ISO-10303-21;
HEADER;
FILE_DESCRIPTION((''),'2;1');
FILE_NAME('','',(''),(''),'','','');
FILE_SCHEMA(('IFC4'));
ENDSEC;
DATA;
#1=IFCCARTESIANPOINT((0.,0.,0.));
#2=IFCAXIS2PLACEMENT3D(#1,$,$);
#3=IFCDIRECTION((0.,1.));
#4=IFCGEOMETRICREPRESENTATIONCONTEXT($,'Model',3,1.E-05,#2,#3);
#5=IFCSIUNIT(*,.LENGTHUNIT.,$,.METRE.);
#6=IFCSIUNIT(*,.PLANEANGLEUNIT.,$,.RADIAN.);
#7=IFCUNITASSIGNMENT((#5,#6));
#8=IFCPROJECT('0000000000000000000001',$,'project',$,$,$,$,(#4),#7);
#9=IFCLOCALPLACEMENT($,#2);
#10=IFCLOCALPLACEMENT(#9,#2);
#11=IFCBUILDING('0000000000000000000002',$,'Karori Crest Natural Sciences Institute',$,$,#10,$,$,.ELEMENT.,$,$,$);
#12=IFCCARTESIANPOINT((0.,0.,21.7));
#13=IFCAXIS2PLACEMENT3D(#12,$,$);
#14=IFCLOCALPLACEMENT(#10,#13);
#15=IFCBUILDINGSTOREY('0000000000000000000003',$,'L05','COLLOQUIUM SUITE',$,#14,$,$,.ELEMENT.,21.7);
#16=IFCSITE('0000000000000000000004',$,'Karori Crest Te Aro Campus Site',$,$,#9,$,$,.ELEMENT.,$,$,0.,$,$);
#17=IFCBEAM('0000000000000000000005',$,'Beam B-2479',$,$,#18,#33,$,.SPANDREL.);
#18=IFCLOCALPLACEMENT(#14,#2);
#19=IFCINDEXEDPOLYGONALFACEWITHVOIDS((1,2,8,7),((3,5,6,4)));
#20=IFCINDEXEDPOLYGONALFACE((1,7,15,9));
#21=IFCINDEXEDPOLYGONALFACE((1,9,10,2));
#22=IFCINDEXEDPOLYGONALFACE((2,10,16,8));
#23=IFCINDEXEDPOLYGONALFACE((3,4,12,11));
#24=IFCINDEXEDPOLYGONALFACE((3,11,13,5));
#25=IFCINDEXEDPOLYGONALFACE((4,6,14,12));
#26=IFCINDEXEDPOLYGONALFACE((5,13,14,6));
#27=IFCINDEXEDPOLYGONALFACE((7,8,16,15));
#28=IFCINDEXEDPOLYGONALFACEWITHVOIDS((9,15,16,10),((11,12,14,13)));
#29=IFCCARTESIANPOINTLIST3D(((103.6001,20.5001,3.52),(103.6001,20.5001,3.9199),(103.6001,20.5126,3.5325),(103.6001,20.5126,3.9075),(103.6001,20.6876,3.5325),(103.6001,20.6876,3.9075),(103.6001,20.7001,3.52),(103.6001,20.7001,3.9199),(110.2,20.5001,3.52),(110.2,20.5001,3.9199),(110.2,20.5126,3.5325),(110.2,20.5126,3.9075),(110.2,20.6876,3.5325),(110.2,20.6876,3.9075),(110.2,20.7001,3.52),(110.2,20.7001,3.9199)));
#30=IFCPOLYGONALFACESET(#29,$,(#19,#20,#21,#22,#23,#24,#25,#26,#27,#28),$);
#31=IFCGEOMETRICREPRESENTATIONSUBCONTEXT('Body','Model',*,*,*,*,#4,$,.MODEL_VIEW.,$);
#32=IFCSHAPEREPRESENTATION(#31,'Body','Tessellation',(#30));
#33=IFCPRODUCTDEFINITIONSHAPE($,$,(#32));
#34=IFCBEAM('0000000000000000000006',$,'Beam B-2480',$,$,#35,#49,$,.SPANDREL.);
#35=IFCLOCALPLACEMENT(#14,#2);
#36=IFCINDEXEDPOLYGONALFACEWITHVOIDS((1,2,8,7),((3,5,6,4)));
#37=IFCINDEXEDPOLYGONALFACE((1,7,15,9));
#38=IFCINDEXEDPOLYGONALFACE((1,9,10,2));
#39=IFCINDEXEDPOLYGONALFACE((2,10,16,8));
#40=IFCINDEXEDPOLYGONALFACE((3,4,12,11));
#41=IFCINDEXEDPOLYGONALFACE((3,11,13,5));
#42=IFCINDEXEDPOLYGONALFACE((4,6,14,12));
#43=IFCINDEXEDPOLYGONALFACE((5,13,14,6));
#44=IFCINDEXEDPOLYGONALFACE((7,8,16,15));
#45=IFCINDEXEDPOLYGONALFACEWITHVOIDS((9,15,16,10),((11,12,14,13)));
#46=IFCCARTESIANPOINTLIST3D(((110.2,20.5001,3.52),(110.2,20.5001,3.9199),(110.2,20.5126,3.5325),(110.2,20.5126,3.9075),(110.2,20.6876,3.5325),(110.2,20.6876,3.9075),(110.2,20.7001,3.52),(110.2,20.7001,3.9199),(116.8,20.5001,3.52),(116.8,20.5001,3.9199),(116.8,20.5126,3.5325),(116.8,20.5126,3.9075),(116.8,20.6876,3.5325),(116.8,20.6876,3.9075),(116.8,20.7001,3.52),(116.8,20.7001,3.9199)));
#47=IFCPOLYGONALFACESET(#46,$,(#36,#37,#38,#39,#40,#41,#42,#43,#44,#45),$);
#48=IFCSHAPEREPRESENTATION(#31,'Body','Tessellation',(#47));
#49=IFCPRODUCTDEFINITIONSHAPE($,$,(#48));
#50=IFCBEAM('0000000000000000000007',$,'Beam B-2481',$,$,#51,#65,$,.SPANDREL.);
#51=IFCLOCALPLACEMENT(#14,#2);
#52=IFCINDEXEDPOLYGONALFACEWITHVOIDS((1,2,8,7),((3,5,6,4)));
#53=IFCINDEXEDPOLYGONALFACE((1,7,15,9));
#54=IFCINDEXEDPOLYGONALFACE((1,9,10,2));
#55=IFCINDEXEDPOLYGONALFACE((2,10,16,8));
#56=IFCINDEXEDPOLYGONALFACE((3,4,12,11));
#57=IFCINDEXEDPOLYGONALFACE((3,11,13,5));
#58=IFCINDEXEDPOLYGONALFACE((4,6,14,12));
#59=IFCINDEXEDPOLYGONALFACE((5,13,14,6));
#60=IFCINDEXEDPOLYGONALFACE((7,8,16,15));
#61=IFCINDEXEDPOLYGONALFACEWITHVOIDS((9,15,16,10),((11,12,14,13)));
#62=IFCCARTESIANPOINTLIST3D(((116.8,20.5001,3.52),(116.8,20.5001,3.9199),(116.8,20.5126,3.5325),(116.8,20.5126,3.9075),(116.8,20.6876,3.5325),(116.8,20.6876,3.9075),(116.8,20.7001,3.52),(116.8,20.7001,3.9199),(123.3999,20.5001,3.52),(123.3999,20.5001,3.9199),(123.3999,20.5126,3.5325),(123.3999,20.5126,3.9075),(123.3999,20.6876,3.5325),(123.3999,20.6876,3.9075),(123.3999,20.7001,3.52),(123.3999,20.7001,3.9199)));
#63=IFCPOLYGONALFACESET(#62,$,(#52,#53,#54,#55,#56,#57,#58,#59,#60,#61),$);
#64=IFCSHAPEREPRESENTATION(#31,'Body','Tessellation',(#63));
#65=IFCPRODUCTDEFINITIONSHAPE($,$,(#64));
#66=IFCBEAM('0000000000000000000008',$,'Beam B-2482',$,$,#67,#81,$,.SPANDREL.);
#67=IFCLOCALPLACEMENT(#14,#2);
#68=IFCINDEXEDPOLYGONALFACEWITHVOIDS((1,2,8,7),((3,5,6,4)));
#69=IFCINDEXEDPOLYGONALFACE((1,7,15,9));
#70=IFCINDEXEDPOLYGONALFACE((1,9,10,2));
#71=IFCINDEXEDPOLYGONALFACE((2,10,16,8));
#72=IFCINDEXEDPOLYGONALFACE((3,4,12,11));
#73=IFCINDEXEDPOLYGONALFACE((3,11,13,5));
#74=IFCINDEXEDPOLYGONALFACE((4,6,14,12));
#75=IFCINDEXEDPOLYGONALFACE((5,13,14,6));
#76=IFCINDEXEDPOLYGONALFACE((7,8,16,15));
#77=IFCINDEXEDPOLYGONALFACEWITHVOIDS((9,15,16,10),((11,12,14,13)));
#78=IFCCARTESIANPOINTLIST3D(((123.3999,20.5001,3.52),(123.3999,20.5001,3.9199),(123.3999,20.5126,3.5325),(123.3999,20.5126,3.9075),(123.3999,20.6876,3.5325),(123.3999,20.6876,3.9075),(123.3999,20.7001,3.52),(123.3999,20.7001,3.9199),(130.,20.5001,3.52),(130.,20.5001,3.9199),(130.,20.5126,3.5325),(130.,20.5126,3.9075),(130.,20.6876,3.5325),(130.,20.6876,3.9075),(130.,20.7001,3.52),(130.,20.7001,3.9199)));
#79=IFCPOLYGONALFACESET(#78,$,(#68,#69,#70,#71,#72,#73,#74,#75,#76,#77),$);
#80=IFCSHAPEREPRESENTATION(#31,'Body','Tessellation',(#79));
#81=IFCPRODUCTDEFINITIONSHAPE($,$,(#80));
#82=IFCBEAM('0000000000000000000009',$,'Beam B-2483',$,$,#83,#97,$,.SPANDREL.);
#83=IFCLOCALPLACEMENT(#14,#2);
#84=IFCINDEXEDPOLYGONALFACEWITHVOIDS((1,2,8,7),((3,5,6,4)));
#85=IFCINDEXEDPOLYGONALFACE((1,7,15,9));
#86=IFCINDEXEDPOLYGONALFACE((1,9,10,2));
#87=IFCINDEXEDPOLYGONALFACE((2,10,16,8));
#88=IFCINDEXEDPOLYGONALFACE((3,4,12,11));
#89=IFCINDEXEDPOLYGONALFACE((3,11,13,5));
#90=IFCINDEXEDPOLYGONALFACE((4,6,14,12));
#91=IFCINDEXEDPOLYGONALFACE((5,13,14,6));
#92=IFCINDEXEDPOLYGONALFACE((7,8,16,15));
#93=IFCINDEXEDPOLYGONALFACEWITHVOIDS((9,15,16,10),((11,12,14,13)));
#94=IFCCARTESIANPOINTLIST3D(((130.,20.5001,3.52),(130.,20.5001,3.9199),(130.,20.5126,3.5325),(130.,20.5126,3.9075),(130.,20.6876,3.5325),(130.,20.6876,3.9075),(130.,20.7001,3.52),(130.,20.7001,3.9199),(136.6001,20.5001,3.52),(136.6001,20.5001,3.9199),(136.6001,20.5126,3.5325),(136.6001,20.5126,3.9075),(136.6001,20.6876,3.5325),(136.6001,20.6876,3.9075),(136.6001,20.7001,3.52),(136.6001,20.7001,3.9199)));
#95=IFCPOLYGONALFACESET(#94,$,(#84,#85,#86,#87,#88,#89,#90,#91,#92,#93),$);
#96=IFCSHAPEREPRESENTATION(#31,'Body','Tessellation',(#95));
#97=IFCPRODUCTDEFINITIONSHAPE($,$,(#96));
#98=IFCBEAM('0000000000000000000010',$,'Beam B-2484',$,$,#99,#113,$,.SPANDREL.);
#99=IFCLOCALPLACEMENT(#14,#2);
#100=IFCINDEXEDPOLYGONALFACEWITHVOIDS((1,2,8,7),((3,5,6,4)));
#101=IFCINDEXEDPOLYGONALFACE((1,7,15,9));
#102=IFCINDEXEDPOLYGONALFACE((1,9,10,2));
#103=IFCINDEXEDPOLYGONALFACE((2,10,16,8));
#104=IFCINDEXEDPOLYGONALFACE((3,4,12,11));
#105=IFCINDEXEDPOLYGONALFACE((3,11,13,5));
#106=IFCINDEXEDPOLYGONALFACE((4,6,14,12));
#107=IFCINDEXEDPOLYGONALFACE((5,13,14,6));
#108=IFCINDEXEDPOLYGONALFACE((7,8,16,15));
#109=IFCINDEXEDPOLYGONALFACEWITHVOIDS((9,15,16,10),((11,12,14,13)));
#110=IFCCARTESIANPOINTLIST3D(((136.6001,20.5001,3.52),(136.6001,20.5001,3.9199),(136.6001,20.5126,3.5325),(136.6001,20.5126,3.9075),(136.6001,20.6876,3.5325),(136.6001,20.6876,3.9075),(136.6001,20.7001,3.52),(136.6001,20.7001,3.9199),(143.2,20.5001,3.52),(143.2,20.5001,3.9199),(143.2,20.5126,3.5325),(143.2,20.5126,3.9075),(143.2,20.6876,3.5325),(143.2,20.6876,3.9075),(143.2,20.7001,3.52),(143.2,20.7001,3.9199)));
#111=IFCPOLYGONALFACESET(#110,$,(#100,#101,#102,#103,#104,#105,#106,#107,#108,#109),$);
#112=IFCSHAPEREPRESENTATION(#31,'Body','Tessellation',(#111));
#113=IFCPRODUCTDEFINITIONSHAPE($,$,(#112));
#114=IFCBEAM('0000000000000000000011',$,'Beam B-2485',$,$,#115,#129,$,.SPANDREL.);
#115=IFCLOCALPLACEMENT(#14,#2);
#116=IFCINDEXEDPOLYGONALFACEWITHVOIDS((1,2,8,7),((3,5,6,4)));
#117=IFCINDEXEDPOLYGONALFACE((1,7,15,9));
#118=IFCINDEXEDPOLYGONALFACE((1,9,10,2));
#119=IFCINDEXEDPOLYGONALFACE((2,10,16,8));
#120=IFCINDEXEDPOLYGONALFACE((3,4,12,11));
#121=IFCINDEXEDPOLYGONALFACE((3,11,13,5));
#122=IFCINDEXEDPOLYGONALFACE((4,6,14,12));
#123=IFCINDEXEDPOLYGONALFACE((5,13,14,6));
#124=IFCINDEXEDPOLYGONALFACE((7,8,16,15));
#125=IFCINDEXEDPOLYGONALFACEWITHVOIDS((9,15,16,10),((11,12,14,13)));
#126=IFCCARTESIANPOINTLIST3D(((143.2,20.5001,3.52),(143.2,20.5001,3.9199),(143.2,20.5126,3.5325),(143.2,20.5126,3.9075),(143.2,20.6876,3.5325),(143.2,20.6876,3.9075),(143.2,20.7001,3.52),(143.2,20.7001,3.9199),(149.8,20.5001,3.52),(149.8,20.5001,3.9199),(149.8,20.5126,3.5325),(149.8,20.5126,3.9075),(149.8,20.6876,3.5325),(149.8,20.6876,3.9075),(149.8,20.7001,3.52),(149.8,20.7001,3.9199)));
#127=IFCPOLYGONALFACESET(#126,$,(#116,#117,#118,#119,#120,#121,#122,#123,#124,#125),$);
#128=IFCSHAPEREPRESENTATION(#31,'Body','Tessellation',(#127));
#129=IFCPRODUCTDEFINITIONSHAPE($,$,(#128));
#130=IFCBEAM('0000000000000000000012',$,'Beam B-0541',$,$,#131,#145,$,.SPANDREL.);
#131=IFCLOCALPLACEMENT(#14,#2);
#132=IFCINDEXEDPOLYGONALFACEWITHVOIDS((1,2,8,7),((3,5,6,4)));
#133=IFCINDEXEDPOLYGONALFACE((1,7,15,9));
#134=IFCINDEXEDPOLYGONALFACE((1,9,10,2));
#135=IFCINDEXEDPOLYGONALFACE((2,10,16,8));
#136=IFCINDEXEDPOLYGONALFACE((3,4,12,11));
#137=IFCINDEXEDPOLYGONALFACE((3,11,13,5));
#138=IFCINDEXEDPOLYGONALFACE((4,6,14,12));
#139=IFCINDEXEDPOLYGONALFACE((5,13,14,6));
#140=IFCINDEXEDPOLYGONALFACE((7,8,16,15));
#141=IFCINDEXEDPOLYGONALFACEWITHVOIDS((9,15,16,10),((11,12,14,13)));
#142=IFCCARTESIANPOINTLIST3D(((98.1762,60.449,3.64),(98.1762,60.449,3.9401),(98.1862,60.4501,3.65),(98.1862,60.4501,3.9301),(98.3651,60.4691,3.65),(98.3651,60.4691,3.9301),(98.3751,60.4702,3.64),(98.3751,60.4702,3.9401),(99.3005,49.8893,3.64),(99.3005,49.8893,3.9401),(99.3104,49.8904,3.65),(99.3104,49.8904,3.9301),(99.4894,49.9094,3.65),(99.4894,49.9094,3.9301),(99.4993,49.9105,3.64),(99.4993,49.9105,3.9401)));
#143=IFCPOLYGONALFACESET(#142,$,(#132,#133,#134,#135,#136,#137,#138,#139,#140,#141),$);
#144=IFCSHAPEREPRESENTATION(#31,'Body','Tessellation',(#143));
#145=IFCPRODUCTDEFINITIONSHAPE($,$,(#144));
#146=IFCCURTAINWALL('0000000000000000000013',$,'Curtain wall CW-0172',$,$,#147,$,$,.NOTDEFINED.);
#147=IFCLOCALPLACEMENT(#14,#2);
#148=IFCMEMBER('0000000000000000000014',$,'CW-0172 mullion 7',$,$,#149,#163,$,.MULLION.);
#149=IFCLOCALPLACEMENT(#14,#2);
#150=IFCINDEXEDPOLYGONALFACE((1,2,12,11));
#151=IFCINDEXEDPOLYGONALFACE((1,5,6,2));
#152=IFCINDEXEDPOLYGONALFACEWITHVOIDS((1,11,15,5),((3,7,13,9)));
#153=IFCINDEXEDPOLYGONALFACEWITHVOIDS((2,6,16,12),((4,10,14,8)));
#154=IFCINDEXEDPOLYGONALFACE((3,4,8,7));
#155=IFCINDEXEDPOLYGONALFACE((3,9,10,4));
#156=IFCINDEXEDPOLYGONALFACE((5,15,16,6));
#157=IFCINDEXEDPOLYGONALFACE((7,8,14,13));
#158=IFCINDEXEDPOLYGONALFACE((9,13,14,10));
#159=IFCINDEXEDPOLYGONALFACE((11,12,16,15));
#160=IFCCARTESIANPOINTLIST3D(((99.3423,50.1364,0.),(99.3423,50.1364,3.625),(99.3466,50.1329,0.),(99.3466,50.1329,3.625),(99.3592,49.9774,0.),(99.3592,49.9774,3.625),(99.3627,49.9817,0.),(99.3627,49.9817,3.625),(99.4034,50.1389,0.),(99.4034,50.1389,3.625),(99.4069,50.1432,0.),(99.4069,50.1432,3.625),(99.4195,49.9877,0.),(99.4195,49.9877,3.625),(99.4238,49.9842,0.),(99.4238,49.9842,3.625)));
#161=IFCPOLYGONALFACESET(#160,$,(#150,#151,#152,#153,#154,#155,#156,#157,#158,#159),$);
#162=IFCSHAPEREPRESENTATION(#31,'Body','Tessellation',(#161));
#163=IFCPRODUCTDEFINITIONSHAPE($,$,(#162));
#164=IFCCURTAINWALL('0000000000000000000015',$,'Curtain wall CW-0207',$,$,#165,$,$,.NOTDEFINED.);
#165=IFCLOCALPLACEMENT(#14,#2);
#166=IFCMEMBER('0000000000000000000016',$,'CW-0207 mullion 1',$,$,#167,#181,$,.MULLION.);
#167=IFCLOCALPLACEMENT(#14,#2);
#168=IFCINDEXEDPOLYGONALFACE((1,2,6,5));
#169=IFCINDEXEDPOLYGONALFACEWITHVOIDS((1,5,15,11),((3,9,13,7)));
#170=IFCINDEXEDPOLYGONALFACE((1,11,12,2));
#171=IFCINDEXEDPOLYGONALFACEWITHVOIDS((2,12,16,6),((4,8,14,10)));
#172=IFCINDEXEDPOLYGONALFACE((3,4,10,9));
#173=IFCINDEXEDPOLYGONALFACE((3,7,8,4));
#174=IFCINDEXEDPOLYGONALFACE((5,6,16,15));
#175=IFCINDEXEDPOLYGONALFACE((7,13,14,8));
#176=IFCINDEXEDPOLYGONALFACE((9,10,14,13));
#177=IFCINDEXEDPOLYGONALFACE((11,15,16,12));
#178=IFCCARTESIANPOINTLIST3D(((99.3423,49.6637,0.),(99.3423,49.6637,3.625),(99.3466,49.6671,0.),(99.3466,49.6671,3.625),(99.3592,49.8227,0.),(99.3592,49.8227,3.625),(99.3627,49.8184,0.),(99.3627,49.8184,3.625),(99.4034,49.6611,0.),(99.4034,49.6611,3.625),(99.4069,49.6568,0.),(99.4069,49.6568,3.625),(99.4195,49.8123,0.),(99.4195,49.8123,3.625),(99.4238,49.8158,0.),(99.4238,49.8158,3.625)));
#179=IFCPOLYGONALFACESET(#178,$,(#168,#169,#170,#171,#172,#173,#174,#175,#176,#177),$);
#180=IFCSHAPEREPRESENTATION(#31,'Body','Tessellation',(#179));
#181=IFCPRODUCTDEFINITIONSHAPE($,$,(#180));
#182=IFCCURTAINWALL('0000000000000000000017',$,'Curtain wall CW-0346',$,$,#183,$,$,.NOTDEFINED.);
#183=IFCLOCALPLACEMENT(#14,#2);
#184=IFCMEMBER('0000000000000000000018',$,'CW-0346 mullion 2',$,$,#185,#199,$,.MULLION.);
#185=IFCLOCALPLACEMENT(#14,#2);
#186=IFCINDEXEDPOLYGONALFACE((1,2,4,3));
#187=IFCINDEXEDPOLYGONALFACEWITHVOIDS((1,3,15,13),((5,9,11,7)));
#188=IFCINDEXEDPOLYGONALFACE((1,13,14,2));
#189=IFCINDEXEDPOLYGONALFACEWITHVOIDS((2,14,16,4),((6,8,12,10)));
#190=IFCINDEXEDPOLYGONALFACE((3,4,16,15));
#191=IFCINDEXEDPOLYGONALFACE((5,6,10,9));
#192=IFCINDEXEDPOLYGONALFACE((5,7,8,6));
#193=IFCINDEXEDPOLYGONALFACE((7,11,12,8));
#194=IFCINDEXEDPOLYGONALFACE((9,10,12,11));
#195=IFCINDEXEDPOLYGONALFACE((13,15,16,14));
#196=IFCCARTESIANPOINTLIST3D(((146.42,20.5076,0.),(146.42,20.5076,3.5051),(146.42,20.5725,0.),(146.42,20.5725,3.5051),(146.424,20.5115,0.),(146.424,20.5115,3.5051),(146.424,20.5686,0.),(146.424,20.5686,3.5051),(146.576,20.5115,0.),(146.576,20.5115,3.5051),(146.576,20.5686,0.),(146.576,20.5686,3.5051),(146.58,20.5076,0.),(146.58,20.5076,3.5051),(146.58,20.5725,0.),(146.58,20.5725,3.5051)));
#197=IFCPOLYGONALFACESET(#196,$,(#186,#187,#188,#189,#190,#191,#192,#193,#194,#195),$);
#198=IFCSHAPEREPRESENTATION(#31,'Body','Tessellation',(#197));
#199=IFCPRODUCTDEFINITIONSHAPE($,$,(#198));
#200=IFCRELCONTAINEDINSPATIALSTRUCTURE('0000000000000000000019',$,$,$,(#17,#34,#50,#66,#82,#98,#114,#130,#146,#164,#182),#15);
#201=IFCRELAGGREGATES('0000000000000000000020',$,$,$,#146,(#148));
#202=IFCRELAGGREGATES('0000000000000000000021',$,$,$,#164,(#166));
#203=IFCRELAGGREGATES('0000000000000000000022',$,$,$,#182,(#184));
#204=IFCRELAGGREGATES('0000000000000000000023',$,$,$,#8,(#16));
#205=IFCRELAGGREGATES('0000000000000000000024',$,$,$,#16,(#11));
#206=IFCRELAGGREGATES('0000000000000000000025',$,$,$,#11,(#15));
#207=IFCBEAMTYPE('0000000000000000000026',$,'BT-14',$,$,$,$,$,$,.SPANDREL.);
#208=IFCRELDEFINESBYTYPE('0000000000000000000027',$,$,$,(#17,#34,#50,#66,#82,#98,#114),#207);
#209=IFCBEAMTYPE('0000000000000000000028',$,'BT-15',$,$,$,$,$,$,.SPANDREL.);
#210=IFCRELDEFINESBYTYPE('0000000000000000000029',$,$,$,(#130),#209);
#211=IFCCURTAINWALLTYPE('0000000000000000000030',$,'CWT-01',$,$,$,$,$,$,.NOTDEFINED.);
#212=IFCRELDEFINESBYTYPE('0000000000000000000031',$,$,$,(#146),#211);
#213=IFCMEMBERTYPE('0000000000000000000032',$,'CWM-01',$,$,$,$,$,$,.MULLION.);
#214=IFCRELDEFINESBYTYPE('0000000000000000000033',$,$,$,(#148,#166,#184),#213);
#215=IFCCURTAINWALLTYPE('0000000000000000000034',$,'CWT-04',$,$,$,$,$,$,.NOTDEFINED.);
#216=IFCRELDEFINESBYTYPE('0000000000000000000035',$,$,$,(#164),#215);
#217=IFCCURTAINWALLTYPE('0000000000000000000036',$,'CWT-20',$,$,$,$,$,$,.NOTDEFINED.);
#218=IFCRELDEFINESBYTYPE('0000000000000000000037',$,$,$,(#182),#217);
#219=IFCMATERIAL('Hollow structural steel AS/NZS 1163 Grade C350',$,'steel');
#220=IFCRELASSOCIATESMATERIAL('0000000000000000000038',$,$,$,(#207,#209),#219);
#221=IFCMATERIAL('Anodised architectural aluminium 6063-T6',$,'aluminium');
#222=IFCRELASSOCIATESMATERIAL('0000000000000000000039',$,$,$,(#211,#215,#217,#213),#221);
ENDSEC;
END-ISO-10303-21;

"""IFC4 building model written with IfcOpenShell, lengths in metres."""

from ifc_helpers import new_model, si_unit, direction, frame, origin, origin_2d, place, context, subcontext, project, spatial, hollow_rectangle, extrude, material, material_profile, profile_set, type_object, element, aggregate, save


model = new_model("IFC4")

# Units and contexts
model_context = context("Model", 3, precision=1e-05, world=origin(), true_north=direction((0.0, 1.0)))
body_context = subcontext(model_context, "Body", "Model", "MODEL_VIEW")
ifc_project = project(units=[si_unit("LENGTHUNIT", "METRE"), si_unit("PLANEANGLEUNIT", "RADIAN")], contexts=[model_context])

# Site, building, storey
site_placement = place(None, origin())
site = spatial("IfcSite", under=ifc_project, at=site_placement, Name="Karori Crest Te Aro Campus Site", CompositionType="ELEMENT", RefElevation=0.0)
building_placement = place(site_placement, origin())
building = spatial("IfcBuilding", under=site, at=building_placement, Name="Karori Crest Natural Sciences Institute", CompositionType="ELEMENT")
storey_placement = place(building_placement, frame((0.0, 0.0, 21.7)))
storey = spatial("IfcBuildingStorey", under=building, at=storey_placement, Name="L05", Description="COLLOQUIUM SUITE", CompositionType="ELEMENT", Elevation=21.7)

# Beams
ifc_material_1 = material(Name="Hollow structural steel AS/NZS 1163 Grade C350", Category="steel")
ifc_material_profile_1 = material_profile(ifc_material_1, hollow_rectangle(XDim=0.2, YDim=0.3999, WallThickness=0.0125, at=origin_2d()), Name="RHS400x200x12.5")
ifc_profile_set_1 = profile_set([ifc_material_profile_1], Name="Hollow structural steel AS/NZS 1163 Grade C350")
beam_type_1 = type_object("IfcBeamType", Name="BT-14", PredefinedType="SPANDREL", material=ifc_profile_set_1)
beam_1_placement = place(storey_placement, frame((103.6001, 20.6001, 3.72), z_axis=(1.0, 0.0, 0.0), x_axis=(0.0, 1.0, 0.0)))
element("IfcBeam", 1, at=beam_1_placement, inside=storey, type_object=beam_type_1, Name="Beam B-2479", PredefinedType="SPANDREL", context=body_context, shape_type="SweptSolid", body=[
    extrude(hollow_rectangle(XDim=0.2, YDim=0.3999, WallThickness=0.0125, at=origin_2d()), origin(), (0.0, 0.0, 1.0), 6.5999),
])
beam_2_placement = place(storey_placement, frame((110.2, 20.6001, 3.72), z_axis=(1.0, 0.0, 0.0), x_axis=(0.0, 1.0, 0.0)))
element("IfcBeam", 2, at=beam_2_placement, inside=storey, type_object=beam_type_1, Name="Beam B-2480", PredefinedType="SPANDREL", context=body_context, shape_type="SweptSolid", body=[
    extrude(hollow_rectangle(XDim=0.2, YDim=0.3999, WallThickness=0.0125, at=origin_2d()), origin(), (0.0, 0.0, 1.0), 6.6001),
])
beam_3_placement = place(storey_placement, frame((116.8, 20.6001, 3.72), z_axis=(1.0, 0.0, 0.0), x_axis=(0.0, 1.0, 0.0)))
element("IfcBeam", 3, at=beam_3_placement, inside=storey, type_object=beam_type_1, Name="Beam B-2481", PredefinedType="SPANDREL", context=body_context, shape_type="SweptSolid", body=[
    extrude(hollow_rectangle(XDim=0.2, YDim=0.3999, WallThickness=0.0125, at=origin_2d()), origin(), (0.0, 0.0, 1.0), 6.5999),
])
for number, where, z_axis, x_axis, name in (
    (4, (123.3999, 20.6001, 3.72), (1.0, 0.0, 0.0), (0.0, 1.0, 0.0), "Beam B-2482"),
    (5, (130.0, 20.6001, 3.72), (1.0, 0.0, 0.0), (0.0, 1.0, 0.0), "Beam B-2483"),
):
    element("IfcBeam", number, at=place(storey_placement, frame(where, z_axis=z_axis, x_axis=x_axis)), inside=storey, type_object=beam_type_1, Name=name, PredefinedType="SPANDREL", context=body_context, shape_type="SweptSolid", body=[
        extrude(hollow_rectangle(XDim=0.2, YDim=0.3999, WallThickness=0.0125, at=origin_2d()), origin(), (0.0, 0.0, 1.0), 6.6001),
    ])
beam_4_placement = place(storey_placement, frame((136.6001, 20.6001, 3.72), z_axis=(1.0, 0.0, 0.0), x_axis=(0.0, 1.0, 0.0)))
element("IfcBeam", 6, at=beam_4_placement, inside=storey, type_object=beam_type_1, Name="Beam B-2484", PredefinedType="SPANDREL", context=body_context, shape_type="SweptSolid", body=[
    extrude(hollow_rectangle(XDim=0.2, YDim=0.3999, WallThickness=0.0125, at=origin_2d()), origin(), (0.0, 0.0, 1.0), 6.5999),
])
beam_5_placement = place(storey_placement, frame((143.2, 20.6001, 3.72), z_axis=(1.0, 0.0, 0.0), x_axis=(0.0, 1.0, 0.0)))
element("IfcBeam", 7, at=beam_5_placement, inside=storey, type_object=beam_type_1, Name="Beam B-2485", PredefinedType="SPANDREL", context=body_context, shape_type="SweptSolid", body=[
    extrude(hollow_rectangle(XDim=0.2, YDim=0.3999, WallThickness=0.0125, at=origin_2d()), origin(), (0.0, 0.0, 1.0), 6.6001),
])
ifc_material_profile_2 = material_profile(ifc_material_1, hollow_rectangle(XDim=0.2, YDim=0.3, WallThickness=0.01, at=origin_2d()), Name="RHS300x200x10")
ifc_profile_set_2 = profile_set([ifc_material_profile_2], Name="Hollow structural steel AS/NZS 1163 Grade C350")
beam_type_2 = type_object("IfcBeamType", Name="BT-15", PredefinedType="SPANDREL", material=ifc_profile_set_2)
beam_6_placement = place(storey_placement, frame((99.3999, 49.8999, 3.79), z_axis=(-0.105868, 0.99438, 0.0), x_axis=(-0.99438, -0.105868, 0.0)))
element("IfcBeam", 8, at=beam_6_placement, inside=storey, type_object=beam_type_2, Name="Beam B-0541", PredefinedType="SPANDREL", context=body_context, shape_type="SweptSolid", body=[
    extrude(hollow_rectangle(XDim=0.2, YDim=0.3, WallThickness=0.01, at=origin_2d()), origin(), (0.0, 0.0, 1.0), 10.6194),
])

# Curtain walls, members
ifc_material_2 = material(Name="Anodised architectural aluminium 6063-T6", Category="aluminium")
curtain_wall_type_1 = type_object("IfcCurtainWallType", Name="CWT-01", PredefinedType="NOTDEFINED", material=ifc_material_2)
curtain_wall_1_placement = place(storey_placement, origin())
curtain_wall_1 = element("IfcCurtainWall", 9, at=curtain_wall_1_placement, inside=storey, type_object=curtain_wall_type_1, Name="Curtain wall CW-0172", PredefinedType="NOTDEFINED")
ifc_material_profile_3 = material_profile(ifc_material_2, hollow_rectangle(XDim=0.0649, YDim=0.1599, WallThickness=0.0039, at=origin_2d()), Name="CWM160x65x4")
ifc_profile_set_3 = profile_set([ifc_material_profile_3], Name="Anodised architectural aluminium 6063-T6")
member_type_1 = type_object("IfcMemberType", Name="CWM-01", PredefinedType="MULLION", material=ifc_profile_set_3)
member_1_placement = place(storey_placement, frame((99.3831, 50.0603, 0.0), z_axis=(0.0, 0.0, 1.0), x_axis=(0.994378, 0.105884, 0.0)))
member_1 = element("IfcMember", 10, at=member_1_placement, type_object=member_type_1, Name="CW-0172 mullion 7", PredefinedType="MULLION", context=body_context, shape_type="SweptSolid", body=[
    extrude(hollow_rectangle(XDim=0.0649, YDim=0.1599, WallThickness=0.0039, at=origin_2d()), origin(), (0.0, 0.0, 1.0), 3.625),
])
aggregate(curtain_wall_1, [member_1])
curtain_wall_type_2 = type_object("IfcCurtainWallType", Name="CWT-04", PredefinedType="NOTDEFINED", material=ifc_material_2)
curtain_wall_2_placement = place(storey_placement, origin())
curtain_wall_2 = element("IfcCurtainWall", 11, at=curtain_wall_2_placement, inside=storey, type_object=curtain_wall_type_2, Name="Curtain wall CW-0207", PredefinedType="NOTDEFINED")
member_2_placement = place(storey_placement, frame((99.3831, 49.7397, 0.0), z_axis=(0.0, 0.0, 1.0), x_axis=(0.994378, -0.105886, 0.0)))
member_2 = element("IfcMember", 12, at=member_2_placement, type_object=member_type_1, Name="CW-0207 mullion 1", PredefinedType="MULLION", context=body_context, shape_type="SweptSolid", body=[
    extrude(hollow_rectangle(XDim=0.0649, YDim=0.1599, WallThickness=0.0039, at=origin_2d()), origin(), (0.0, 0.0, 1.0), 3.625),
])
aggregate(curtain_wall_2, [member_2])

# Curtain wall, member
curtain_wall_type_3 = type_object("IfcCurtainWallType", Name="CWT-20", PredefinedType="NOTDEFINED", material=ifc_material_2)
curtain_wall_3_placement = place(storey_placement, origin())
curtain_wall_3 = element("IfcCurtainWall", 13, at=curtain_wall_3_placement, inside=storey, type_object=curtain_wall_type_3, Name="Curtain wall CW-0346", PredefinedType="NOTDEFINED")
member_3_placement = place(storey_placement, frame((146.5, 20.54, 0.0), z_axis=(0.0, 0.0, 1.0), x_axis=(0.0, 1.0, 0.0)))
member_3 = element("IfcMember", 14, at=member_3_placement, type_object=member_type_1, Name="CW-0346 mullion 2", PredefinedType="MULLION", context=body_context, shape_type="SweptSolid", body=[
    extrude(hollow_rectangle(XDim=0.0649, YDim=0.1599, WallThickness=0.0039, at=origin_2d()), origin(), (0.0, 0.0, 1.0), 3.5051),
])
aggregate(curtain_wall_3, [member_3])

save(model, "model.ifc")
